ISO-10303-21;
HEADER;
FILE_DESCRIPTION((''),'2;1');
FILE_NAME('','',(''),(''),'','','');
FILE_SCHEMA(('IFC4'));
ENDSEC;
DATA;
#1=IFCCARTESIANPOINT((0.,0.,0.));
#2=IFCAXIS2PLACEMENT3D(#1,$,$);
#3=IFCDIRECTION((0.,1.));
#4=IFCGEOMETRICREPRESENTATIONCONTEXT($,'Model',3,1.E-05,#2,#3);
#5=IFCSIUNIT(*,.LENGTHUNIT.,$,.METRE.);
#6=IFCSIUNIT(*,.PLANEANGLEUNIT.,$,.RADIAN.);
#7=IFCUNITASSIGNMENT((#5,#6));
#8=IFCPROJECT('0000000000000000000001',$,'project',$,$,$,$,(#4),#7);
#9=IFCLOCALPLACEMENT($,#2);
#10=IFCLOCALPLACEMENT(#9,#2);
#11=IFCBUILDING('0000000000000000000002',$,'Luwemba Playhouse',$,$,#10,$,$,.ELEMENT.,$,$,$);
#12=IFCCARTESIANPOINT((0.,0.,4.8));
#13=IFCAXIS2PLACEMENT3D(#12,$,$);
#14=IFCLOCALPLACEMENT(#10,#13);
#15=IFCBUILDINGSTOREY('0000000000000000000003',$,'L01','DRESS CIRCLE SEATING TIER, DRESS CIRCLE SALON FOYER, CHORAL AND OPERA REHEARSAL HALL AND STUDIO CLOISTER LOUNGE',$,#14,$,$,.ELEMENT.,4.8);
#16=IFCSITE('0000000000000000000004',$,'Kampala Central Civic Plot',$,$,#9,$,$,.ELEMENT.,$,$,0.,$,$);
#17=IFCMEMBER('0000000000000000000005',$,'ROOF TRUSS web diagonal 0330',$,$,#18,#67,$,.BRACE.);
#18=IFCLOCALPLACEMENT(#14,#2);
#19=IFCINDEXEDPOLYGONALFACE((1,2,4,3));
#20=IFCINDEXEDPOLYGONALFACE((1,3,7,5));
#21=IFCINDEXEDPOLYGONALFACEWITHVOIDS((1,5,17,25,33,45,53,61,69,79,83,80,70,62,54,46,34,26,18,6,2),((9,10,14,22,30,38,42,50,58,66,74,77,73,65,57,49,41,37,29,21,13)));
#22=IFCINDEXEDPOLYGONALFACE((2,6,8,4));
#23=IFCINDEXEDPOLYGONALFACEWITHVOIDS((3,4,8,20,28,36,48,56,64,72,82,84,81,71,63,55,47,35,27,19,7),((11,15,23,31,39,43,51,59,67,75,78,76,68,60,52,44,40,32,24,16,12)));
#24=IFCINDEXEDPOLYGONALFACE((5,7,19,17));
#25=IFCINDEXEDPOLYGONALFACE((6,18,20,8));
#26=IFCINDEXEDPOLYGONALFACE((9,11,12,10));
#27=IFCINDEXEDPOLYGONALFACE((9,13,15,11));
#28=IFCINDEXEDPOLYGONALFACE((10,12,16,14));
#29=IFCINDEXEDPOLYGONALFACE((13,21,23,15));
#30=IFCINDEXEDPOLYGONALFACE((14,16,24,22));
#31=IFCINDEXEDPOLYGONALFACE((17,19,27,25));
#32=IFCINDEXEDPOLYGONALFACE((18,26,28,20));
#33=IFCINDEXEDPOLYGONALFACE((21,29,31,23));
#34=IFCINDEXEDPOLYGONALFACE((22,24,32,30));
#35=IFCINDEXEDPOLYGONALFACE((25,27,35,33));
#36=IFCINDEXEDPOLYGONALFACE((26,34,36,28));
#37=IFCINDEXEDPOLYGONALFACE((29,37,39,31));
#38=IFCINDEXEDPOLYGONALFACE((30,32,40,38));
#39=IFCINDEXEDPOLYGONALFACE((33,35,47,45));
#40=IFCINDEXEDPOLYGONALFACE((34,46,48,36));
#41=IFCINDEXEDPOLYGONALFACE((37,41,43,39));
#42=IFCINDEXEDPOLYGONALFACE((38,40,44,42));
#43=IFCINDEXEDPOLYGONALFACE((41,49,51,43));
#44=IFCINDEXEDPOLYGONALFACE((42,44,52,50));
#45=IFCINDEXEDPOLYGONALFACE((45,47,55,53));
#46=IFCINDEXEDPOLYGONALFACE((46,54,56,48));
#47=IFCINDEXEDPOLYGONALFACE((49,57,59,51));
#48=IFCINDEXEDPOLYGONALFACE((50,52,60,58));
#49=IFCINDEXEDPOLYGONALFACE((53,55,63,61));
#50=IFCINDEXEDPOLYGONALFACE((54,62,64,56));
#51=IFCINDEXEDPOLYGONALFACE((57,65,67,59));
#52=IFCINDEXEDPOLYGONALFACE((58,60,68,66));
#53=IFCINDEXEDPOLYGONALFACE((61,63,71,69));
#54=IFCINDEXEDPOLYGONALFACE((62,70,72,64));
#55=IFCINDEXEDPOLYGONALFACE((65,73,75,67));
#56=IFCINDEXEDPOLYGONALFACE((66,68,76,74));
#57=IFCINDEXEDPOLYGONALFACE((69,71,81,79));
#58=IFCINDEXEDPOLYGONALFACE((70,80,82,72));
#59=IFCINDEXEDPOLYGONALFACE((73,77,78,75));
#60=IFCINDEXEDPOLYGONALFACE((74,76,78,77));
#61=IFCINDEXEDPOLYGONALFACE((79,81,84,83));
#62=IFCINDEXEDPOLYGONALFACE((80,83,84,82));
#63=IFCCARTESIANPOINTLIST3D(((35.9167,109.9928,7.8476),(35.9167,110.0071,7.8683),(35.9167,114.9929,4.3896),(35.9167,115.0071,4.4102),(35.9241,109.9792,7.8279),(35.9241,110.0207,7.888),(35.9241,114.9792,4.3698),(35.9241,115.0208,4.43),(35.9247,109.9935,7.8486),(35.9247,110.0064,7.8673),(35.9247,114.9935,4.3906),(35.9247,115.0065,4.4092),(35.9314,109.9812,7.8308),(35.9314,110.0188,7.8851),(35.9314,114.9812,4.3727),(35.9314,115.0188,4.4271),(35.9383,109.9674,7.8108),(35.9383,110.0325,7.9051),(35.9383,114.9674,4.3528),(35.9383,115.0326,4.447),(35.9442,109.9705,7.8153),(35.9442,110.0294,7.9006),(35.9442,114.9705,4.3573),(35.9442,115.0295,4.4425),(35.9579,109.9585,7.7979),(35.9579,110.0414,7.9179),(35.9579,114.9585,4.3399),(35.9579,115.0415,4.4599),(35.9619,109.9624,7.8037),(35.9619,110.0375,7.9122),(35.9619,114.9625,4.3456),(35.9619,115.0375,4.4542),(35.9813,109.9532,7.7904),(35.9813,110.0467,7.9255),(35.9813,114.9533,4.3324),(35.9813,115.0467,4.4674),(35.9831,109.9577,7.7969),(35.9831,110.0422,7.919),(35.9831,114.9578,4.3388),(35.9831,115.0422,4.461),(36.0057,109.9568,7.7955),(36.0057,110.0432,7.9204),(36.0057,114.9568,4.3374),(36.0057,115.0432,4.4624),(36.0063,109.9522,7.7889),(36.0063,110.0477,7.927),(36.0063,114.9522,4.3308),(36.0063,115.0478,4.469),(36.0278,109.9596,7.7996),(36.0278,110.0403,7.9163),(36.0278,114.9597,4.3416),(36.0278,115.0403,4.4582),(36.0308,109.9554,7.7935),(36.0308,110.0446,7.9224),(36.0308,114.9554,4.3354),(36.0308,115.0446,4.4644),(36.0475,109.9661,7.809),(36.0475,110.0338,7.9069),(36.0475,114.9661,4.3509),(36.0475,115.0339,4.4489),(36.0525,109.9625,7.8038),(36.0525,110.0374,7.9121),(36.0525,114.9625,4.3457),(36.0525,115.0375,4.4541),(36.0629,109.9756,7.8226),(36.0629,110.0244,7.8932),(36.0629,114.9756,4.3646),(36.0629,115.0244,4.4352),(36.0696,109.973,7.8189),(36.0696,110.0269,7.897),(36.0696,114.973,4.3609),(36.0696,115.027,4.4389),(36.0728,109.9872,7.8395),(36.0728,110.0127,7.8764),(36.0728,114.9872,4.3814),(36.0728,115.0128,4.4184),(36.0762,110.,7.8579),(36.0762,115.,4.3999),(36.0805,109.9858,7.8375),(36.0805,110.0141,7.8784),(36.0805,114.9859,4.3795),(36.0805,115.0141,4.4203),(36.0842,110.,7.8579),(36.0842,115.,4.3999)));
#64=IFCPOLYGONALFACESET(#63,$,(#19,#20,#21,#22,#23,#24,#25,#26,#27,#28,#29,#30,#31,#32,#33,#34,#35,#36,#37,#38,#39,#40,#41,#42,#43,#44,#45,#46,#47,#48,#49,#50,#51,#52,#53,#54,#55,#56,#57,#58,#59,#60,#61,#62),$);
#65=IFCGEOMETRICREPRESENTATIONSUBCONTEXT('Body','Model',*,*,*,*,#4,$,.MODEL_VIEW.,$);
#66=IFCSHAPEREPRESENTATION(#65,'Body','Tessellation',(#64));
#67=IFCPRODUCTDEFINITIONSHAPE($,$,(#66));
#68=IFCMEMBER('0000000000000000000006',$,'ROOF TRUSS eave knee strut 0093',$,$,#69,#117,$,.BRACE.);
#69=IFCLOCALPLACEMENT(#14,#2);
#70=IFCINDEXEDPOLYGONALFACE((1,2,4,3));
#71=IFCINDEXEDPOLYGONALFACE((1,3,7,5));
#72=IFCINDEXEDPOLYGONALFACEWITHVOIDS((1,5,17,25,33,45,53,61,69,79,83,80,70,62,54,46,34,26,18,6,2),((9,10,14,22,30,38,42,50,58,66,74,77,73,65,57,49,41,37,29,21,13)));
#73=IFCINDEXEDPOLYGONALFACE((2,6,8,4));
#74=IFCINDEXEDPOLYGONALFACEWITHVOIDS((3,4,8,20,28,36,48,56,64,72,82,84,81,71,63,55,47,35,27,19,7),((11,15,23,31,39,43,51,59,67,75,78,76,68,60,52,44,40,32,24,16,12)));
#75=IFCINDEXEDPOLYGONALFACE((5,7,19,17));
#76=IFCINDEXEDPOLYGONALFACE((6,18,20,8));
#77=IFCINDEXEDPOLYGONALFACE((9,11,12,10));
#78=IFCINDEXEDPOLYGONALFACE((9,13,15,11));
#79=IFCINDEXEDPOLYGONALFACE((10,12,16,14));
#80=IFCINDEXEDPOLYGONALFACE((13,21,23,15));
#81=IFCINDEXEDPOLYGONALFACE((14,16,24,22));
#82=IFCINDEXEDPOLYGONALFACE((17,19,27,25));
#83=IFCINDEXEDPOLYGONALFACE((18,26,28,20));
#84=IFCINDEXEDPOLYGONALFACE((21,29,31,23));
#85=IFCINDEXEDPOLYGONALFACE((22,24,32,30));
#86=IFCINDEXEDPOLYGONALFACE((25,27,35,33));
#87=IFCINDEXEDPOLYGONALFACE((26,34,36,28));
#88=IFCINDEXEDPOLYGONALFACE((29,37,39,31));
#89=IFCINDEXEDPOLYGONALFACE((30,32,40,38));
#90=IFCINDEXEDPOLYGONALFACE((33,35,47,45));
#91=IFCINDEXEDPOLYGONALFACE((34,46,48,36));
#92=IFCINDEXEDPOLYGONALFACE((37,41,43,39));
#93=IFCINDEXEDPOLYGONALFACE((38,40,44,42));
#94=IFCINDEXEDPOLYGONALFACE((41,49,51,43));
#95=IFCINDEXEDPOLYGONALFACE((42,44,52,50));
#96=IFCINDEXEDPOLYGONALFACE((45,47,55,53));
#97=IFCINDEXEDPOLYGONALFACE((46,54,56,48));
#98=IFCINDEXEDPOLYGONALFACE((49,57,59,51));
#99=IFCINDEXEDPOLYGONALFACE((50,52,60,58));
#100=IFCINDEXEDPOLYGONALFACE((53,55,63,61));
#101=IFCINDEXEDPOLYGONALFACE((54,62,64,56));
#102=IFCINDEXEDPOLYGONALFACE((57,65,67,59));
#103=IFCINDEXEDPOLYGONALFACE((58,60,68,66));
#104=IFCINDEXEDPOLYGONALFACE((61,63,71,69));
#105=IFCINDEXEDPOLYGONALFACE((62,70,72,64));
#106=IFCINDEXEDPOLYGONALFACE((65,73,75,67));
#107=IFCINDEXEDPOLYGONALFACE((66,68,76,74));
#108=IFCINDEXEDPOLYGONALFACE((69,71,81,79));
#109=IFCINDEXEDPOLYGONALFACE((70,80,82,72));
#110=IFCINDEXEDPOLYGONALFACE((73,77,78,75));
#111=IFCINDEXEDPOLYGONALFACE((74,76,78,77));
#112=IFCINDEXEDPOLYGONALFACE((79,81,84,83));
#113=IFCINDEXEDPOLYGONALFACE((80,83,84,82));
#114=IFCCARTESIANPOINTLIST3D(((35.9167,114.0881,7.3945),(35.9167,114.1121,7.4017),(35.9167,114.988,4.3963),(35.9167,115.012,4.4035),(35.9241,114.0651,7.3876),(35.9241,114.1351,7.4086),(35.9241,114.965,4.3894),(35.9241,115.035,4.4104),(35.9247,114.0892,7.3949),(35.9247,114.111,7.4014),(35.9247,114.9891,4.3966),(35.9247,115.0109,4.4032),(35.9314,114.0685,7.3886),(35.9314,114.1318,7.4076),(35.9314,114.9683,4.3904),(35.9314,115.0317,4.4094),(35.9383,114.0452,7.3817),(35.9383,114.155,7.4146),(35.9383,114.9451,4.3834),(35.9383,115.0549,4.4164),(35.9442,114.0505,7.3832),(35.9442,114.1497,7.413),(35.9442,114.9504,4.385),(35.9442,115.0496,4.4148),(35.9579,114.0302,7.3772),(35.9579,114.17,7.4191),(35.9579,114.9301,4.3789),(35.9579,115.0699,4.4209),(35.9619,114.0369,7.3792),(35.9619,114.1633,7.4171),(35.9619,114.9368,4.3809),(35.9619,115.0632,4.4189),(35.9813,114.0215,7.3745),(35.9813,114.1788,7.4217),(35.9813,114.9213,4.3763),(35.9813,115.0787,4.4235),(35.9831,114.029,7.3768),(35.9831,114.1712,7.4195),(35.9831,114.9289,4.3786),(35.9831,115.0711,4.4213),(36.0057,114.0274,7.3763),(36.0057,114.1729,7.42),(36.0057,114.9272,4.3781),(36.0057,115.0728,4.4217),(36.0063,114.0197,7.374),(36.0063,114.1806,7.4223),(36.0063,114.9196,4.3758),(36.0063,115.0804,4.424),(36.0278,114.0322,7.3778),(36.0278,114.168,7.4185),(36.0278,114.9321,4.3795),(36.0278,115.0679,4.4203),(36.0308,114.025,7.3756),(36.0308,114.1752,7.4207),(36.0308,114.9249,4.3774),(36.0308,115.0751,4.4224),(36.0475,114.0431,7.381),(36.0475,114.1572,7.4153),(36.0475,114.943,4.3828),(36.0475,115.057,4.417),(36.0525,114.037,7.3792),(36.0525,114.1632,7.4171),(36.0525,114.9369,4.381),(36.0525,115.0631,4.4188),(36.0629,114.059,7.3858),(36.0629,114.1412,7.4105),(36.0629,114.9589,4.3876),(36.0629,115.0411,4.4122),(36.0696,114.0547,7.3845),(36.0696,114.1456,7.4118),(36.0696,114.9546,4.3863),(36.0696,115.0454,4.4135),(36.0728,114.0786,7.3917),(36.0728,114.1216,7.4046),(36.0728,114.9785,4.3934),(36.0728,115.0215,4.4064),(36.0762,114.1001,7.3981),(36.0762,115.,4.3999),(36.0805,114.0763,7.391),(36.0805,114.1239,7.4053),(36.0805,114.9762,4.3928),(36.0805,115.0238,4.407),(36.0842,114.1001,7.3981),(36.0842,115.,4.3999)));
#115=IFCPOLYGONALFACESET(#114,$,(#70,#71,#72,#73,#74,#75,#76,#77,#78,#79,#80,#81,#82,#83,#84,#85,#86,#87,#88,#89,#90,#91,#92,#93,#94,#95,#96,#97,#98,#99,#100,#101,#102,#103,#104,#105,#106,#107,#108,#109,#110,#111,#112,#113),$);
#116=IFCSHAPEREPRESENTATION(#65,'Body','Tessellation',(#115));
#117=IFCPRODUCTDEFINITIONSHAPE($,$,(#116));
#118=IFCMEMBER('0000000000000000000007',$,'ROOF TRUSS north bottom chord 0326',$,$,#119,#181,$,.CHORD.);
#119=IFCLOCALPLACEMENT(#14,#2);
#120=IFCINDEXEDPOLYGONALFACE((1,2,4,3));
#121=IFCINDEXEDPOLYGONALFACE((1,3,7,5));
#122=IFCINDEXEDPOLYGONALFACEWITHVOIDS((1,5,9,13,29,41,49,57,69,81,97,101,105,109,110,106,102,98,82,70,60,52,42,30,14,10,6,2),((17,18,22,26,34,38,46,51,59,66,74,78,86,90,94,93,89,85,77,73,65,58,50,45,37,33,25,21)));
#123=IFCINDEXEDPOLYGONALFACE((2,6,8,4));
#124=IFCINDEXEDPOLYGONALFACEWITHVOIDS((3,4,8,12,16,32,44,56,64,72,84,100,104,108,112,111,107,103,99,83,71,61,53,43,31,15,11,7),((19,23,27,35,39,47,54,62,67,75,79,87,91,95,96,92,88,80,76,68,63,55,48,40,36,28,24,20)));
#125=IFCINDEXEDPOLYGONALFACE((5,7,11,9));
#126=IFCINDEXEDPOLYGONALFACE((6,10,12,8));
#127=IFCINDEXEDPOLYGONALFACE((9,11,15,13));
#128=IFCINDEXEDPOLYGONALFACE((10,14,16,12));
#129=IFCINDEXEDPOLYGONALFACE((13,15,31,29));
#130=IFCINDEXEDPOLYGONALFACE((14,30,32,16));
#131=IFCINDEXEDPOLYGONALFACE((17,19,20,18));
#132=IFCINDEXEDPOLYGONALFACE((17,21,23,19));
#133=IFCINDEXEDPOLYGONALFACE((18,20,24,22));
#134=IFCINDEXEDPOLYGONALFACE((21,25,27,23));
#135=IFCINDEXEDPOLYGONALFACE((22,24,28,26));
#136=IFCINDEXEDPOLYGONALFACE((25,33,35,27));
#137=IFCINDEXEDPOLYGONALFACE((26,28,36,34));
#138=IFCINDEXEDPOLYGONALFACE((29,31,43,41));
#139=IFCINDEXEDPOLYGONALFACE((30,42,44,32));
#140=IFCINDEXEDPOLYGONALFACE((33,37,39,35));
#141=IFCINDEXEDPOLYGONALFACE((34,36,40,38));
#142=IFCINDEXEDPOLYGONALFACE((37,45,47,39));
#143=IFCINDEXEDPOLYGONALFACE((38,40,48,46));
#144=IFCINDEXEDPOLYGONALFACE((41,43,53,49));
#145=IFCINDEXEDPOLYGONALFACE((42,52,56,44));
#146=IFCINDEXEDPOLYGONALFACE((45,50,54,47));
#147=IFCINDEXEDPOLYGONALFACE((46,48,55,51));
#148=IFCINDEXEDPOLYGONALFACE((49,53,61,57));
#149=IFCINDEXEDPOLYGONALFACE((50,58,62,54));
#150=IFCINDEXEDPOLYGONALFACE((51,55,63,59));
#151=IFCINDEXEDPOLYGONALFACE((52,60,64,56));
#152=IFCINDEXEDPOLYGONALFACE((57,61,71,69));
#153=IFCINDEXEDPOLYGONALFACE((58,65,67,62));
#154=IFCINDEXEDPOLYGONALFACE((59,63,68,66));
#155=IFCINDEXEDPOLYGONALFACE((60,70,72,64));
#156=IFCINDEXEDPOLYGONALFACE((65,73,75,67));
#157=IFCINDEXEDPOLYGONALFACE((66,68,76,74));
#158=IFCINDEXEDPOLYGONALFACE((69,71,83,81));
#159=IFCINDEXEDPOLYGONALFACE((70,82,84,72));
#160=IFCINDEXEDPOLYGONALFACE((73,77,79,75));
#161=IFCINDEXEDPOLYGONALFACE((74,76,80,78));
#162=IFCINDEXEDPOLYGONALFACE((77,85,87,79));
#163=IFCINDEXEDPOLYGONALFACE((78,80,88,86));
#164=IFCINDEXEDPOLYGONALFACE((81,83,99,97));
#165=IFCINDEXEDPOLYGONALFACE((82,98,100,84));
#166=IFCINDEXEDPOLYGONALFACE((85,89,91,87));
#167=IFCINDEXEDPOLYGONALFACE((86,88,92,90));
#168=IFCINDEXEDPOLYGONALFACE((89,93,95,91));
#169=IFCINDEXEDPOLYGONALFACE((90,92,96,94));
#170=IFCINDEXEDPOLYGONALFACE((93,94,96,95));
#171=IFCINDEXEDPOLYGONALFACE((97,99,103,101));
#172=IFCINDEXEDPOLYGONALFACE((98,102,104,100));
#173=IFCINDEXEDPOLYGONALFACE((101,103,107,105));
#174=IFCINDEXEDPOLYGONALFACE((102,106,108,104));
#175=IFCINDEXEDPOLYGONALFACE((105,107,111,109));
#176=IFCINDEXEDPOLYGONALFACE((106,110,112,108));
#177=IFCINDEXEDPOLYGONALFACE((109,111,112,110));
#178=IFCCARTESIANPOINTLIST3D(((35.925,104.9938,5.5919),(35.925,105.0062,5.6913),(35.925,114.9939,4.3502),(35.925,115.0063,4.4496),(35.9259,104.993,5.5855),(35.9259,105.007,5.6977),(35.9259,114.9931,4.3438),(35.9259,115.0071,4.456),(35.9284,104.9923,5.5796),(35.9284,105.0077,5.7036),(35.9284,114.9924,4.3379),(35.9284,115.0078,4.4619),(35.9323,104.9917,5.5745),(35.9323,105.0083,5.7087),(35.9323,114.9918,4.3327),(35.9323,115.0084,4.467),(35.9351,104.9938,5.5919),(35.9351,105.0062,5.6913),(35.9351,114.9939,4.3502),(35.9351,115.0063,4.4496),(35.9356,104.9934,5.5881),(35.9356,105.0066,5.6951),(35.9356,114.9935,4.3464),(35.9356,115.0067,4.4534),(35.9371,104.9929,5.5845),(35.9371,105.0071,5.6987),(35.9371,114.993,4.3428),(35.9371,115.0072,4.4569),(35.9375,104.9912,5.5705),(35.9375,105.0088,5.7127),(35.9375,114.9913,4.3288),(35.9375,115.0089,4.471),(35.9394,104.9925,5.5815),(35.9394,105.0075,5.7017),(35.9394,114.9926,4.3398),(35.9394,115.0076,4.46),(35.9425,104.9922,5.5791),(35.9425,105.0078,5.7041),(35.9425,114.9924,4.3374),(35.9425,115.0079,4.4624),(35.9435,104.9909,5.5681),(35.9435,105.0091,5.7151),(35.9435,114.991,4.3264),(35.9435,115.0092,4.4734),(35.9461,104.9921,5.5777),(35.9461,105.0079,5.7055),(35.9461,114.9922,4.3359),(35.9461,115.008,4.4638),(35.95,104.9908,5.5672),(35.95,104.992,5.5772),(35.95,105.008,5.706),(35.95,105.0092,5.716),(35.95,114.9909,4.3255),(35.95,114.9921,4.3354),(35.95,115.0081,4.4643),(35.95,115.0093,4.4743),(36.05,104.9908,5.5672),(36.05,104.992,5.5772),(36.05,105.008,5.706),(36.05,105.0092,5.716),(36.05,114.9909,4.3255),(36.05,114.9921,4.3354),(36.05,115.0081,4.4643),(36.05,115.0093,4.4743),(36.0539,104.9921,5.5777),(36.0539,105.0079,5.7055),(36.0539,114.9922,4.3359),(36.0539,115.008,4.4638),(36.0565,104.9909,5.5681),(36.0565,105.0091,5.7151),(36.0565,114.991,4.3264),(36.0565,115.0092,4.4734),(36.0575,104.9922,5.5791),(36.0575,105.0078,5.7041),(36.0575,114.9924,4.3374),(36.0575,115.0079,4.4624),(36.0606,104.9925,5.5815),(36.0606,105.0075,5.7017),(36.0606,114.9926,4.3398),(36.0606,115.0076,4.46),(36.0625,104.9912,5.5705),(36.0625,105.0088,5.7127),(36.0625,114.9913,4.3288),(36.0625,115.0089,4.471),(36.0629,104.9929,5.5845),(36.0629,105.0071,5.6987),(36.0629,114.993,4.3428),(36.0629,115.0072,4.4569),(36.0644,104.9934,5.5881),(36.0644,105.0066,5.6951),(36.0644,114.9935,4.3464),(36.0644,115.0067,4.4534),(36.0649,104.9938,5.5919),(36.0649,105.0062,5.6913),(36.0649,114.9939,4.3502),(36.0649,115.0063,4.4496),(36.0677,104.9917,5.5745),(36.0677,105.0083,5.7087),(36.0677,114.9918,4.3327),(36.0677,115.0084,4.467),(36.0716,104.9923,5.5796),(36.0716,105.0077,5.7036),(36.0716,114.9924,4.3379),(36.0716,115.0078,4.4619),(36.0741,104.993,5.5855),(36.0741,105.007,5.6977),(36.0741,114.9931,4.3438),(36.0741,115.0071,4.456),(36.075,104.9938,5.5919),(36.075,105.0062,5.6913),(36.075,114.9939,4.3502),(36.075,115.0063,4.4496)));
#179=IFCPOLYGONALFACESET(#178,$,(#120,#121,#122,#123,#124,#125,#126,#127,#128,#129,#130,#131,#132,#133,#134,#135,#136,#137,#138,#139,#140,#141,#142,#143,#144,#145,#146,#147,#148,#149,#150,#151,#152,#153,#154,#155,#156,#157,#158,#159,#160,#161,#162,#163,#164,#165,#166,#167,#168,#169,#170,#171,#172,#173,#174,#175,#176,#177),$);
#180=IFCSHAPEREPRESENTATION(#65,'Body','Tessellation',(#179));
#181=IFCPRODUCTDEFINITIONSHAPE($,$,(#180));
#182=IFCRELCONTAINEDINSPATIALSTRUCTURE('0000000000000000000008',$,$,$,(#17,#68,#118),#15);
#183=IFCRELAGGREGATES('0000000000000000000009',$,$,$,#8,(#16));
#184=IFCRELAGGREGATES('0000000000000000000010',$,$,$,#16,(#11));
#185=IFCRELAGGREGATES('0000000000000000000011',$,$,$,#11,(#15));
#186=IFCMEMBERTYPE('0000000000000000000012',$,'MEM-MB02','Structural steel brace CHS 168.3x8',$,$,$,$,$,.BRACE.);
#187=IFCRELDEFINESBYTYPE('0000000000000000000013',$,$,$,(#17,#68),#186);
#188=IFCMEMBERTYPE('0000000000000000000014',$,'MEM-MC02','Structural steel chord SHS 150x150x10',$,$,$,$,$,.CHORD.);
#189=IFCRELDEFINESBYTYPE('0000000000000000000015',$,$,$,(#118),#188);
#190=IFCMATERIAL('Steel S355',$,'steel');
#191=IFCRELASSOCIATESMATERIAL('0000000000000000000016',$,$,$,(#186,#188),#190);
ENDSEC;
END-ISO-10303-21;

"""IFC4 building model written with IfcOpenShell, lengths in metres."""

from ifc_helpers import new_model, si_unit, direction, frame, origin, origin_2d, place, context, subcontext, project, spatial, hollow_rectangle, hollow_circle, extrude, material, material_profile, profile_set, type_object, element, save


model = new_model("IFC4")

# Units and contexts
model_context = context("Model", 3, precision=1e-05, world=origin(), true_north=direction((0.0, 1.0)))
body_context = subcontext(model_context, "Body", "Model", "MODEL_VIEW")
ifc_project = project(units=[si_unit("LENGTHUNIT", "METRE"), si_unit("PLANEANGLEUNIT", "RADIAN")], contexts=[model_context])

# Site, building, storey
site_placement = place(None, origin())
site = spatial("IfcSite", under=ifc_project, at=site_placement, Name="Kampala Central Civic Plot", CompositionType="ELEMENT", RefElevation=0.0)
building_placement = place(site_placement, origin())
building = spatial("IfcBuilding", under=site, at=building_placement, Name="Luwemba Playhouse", CompositionType="ELEMENT")
storey_placement = place(building_placement, frame((0.0, 0.0, 4.8)))
storey = spatial("IfcBuildingStorey", under=building, at=storey_placement, Name="L01", Description="DRESS CIRCLE SEATING TIER, DRESS CIRCLE SALON FOYER, CHORAL AND OPERA REHEARSAL HALL AND STUDIO CLOISTER LOUNGE", CompositionType="ELEMENT", Elevation=4.8)

# Shared definitions
ifc_material_1 = material(Name="Steel S355", Category="steel")

# Members
ifc_material_profile_1 = material_profile(ifc_material_1, hollow_circle(Radius=0.0842, WallThickness=0.0081, at=origin_2d()))
ifc_profile_set_1 = profile_set([ifc_material_profile_1], Name="Steel S355")
member_type_1 = type_object("IfcMemberType", Name="MEM-MB02", Description="Structural steel brace CHS 168.3x8", PredefinedType="BRACE", material=ifc_profile_set_1)
member_1_placement = place(storey_placement, frame((36.0, 115.0, 4.3999), z_axis=(0.0, -0.822464, 0.568817), x_axis=(1.0, 0.0, 0.0)))
element("IfcMember", 1, at=member_1_placement, inside=storey, type_object=member_type_1, Name="ROOF TRUSS web diagonal 0330", PredefinedType="BRACE", context=body_context, shape_type="SweptSolid", body=[
    extrude(hollow_circle(Radius=0.0842, WallThickness=0.0081, at=origin_2d()), origin(), (0.0, 0.0, 1.0), 6.0793),
])
member_2_placement = place(storey_placement, frame((36.0, 115.0, 4.3999), z_axis=(0.0, -0.28747, 0.95779), x_axis=(1.0, 0.0, 0.0)))
element("IfcMember", 2, at=member_2_placement, inside=storey, type_object=member_type_1, Name="ROOF TRUSS eave knee strut 0093", PredefinedType="BRACE", context=body_context, shape_type="SweptSolid", body=[
    extrude(hollow_circle(Radius=0.0842, WallThickness=0.0081, at=origin_2d()), origin(), (0.0, 0.0, 1.0), 3.1304),
])
ifc_material_profile_2 = material_profile(ifc_material_1, hollow_rectangle(XDim=0.1499, YDim=0.1499, WallThickness=0.01, InnerFilletRadius=0.0149, OuterFilletRadius=0.0249, at=origin_2d()))
ifc_profile_set_2 = profile_set([ifc_material_profile_2], Name="Steel S355")
member_type_2 = type_object("IfcMemberType", Name="MEM-MC02", Description="Structural steel chord SHS 150x150x10", PredefinedType="CHORD", material=ifc_profile_set_2)
member_3_placement = place(storey_placement, frame((36.0, 105.0, 5.6416), z_axis=(0.0, 0.992379, -0.123224), x_axis=(-1.0, 0.0, 0.0)))
element("IfcMember", 3, at=member_3_placement, inside=storey, type_object=member_type_2, Name="ROOF TRUSS north bottom chord 0326", PredefinedType="CHORD", context=body_context, shape_type="SweptSolid", body=[
    extrude(hollow_rectangle(XDim=0.1499, YDim=0.1499, WallThickness=0.01, InnerFilletRadius=0.0149, OuterFilletRadius=0.0249, at=origin_2d()), origin(), (0.0, 0.0, 1.0), 10.0769),
])

save(model, "model.ifc")
